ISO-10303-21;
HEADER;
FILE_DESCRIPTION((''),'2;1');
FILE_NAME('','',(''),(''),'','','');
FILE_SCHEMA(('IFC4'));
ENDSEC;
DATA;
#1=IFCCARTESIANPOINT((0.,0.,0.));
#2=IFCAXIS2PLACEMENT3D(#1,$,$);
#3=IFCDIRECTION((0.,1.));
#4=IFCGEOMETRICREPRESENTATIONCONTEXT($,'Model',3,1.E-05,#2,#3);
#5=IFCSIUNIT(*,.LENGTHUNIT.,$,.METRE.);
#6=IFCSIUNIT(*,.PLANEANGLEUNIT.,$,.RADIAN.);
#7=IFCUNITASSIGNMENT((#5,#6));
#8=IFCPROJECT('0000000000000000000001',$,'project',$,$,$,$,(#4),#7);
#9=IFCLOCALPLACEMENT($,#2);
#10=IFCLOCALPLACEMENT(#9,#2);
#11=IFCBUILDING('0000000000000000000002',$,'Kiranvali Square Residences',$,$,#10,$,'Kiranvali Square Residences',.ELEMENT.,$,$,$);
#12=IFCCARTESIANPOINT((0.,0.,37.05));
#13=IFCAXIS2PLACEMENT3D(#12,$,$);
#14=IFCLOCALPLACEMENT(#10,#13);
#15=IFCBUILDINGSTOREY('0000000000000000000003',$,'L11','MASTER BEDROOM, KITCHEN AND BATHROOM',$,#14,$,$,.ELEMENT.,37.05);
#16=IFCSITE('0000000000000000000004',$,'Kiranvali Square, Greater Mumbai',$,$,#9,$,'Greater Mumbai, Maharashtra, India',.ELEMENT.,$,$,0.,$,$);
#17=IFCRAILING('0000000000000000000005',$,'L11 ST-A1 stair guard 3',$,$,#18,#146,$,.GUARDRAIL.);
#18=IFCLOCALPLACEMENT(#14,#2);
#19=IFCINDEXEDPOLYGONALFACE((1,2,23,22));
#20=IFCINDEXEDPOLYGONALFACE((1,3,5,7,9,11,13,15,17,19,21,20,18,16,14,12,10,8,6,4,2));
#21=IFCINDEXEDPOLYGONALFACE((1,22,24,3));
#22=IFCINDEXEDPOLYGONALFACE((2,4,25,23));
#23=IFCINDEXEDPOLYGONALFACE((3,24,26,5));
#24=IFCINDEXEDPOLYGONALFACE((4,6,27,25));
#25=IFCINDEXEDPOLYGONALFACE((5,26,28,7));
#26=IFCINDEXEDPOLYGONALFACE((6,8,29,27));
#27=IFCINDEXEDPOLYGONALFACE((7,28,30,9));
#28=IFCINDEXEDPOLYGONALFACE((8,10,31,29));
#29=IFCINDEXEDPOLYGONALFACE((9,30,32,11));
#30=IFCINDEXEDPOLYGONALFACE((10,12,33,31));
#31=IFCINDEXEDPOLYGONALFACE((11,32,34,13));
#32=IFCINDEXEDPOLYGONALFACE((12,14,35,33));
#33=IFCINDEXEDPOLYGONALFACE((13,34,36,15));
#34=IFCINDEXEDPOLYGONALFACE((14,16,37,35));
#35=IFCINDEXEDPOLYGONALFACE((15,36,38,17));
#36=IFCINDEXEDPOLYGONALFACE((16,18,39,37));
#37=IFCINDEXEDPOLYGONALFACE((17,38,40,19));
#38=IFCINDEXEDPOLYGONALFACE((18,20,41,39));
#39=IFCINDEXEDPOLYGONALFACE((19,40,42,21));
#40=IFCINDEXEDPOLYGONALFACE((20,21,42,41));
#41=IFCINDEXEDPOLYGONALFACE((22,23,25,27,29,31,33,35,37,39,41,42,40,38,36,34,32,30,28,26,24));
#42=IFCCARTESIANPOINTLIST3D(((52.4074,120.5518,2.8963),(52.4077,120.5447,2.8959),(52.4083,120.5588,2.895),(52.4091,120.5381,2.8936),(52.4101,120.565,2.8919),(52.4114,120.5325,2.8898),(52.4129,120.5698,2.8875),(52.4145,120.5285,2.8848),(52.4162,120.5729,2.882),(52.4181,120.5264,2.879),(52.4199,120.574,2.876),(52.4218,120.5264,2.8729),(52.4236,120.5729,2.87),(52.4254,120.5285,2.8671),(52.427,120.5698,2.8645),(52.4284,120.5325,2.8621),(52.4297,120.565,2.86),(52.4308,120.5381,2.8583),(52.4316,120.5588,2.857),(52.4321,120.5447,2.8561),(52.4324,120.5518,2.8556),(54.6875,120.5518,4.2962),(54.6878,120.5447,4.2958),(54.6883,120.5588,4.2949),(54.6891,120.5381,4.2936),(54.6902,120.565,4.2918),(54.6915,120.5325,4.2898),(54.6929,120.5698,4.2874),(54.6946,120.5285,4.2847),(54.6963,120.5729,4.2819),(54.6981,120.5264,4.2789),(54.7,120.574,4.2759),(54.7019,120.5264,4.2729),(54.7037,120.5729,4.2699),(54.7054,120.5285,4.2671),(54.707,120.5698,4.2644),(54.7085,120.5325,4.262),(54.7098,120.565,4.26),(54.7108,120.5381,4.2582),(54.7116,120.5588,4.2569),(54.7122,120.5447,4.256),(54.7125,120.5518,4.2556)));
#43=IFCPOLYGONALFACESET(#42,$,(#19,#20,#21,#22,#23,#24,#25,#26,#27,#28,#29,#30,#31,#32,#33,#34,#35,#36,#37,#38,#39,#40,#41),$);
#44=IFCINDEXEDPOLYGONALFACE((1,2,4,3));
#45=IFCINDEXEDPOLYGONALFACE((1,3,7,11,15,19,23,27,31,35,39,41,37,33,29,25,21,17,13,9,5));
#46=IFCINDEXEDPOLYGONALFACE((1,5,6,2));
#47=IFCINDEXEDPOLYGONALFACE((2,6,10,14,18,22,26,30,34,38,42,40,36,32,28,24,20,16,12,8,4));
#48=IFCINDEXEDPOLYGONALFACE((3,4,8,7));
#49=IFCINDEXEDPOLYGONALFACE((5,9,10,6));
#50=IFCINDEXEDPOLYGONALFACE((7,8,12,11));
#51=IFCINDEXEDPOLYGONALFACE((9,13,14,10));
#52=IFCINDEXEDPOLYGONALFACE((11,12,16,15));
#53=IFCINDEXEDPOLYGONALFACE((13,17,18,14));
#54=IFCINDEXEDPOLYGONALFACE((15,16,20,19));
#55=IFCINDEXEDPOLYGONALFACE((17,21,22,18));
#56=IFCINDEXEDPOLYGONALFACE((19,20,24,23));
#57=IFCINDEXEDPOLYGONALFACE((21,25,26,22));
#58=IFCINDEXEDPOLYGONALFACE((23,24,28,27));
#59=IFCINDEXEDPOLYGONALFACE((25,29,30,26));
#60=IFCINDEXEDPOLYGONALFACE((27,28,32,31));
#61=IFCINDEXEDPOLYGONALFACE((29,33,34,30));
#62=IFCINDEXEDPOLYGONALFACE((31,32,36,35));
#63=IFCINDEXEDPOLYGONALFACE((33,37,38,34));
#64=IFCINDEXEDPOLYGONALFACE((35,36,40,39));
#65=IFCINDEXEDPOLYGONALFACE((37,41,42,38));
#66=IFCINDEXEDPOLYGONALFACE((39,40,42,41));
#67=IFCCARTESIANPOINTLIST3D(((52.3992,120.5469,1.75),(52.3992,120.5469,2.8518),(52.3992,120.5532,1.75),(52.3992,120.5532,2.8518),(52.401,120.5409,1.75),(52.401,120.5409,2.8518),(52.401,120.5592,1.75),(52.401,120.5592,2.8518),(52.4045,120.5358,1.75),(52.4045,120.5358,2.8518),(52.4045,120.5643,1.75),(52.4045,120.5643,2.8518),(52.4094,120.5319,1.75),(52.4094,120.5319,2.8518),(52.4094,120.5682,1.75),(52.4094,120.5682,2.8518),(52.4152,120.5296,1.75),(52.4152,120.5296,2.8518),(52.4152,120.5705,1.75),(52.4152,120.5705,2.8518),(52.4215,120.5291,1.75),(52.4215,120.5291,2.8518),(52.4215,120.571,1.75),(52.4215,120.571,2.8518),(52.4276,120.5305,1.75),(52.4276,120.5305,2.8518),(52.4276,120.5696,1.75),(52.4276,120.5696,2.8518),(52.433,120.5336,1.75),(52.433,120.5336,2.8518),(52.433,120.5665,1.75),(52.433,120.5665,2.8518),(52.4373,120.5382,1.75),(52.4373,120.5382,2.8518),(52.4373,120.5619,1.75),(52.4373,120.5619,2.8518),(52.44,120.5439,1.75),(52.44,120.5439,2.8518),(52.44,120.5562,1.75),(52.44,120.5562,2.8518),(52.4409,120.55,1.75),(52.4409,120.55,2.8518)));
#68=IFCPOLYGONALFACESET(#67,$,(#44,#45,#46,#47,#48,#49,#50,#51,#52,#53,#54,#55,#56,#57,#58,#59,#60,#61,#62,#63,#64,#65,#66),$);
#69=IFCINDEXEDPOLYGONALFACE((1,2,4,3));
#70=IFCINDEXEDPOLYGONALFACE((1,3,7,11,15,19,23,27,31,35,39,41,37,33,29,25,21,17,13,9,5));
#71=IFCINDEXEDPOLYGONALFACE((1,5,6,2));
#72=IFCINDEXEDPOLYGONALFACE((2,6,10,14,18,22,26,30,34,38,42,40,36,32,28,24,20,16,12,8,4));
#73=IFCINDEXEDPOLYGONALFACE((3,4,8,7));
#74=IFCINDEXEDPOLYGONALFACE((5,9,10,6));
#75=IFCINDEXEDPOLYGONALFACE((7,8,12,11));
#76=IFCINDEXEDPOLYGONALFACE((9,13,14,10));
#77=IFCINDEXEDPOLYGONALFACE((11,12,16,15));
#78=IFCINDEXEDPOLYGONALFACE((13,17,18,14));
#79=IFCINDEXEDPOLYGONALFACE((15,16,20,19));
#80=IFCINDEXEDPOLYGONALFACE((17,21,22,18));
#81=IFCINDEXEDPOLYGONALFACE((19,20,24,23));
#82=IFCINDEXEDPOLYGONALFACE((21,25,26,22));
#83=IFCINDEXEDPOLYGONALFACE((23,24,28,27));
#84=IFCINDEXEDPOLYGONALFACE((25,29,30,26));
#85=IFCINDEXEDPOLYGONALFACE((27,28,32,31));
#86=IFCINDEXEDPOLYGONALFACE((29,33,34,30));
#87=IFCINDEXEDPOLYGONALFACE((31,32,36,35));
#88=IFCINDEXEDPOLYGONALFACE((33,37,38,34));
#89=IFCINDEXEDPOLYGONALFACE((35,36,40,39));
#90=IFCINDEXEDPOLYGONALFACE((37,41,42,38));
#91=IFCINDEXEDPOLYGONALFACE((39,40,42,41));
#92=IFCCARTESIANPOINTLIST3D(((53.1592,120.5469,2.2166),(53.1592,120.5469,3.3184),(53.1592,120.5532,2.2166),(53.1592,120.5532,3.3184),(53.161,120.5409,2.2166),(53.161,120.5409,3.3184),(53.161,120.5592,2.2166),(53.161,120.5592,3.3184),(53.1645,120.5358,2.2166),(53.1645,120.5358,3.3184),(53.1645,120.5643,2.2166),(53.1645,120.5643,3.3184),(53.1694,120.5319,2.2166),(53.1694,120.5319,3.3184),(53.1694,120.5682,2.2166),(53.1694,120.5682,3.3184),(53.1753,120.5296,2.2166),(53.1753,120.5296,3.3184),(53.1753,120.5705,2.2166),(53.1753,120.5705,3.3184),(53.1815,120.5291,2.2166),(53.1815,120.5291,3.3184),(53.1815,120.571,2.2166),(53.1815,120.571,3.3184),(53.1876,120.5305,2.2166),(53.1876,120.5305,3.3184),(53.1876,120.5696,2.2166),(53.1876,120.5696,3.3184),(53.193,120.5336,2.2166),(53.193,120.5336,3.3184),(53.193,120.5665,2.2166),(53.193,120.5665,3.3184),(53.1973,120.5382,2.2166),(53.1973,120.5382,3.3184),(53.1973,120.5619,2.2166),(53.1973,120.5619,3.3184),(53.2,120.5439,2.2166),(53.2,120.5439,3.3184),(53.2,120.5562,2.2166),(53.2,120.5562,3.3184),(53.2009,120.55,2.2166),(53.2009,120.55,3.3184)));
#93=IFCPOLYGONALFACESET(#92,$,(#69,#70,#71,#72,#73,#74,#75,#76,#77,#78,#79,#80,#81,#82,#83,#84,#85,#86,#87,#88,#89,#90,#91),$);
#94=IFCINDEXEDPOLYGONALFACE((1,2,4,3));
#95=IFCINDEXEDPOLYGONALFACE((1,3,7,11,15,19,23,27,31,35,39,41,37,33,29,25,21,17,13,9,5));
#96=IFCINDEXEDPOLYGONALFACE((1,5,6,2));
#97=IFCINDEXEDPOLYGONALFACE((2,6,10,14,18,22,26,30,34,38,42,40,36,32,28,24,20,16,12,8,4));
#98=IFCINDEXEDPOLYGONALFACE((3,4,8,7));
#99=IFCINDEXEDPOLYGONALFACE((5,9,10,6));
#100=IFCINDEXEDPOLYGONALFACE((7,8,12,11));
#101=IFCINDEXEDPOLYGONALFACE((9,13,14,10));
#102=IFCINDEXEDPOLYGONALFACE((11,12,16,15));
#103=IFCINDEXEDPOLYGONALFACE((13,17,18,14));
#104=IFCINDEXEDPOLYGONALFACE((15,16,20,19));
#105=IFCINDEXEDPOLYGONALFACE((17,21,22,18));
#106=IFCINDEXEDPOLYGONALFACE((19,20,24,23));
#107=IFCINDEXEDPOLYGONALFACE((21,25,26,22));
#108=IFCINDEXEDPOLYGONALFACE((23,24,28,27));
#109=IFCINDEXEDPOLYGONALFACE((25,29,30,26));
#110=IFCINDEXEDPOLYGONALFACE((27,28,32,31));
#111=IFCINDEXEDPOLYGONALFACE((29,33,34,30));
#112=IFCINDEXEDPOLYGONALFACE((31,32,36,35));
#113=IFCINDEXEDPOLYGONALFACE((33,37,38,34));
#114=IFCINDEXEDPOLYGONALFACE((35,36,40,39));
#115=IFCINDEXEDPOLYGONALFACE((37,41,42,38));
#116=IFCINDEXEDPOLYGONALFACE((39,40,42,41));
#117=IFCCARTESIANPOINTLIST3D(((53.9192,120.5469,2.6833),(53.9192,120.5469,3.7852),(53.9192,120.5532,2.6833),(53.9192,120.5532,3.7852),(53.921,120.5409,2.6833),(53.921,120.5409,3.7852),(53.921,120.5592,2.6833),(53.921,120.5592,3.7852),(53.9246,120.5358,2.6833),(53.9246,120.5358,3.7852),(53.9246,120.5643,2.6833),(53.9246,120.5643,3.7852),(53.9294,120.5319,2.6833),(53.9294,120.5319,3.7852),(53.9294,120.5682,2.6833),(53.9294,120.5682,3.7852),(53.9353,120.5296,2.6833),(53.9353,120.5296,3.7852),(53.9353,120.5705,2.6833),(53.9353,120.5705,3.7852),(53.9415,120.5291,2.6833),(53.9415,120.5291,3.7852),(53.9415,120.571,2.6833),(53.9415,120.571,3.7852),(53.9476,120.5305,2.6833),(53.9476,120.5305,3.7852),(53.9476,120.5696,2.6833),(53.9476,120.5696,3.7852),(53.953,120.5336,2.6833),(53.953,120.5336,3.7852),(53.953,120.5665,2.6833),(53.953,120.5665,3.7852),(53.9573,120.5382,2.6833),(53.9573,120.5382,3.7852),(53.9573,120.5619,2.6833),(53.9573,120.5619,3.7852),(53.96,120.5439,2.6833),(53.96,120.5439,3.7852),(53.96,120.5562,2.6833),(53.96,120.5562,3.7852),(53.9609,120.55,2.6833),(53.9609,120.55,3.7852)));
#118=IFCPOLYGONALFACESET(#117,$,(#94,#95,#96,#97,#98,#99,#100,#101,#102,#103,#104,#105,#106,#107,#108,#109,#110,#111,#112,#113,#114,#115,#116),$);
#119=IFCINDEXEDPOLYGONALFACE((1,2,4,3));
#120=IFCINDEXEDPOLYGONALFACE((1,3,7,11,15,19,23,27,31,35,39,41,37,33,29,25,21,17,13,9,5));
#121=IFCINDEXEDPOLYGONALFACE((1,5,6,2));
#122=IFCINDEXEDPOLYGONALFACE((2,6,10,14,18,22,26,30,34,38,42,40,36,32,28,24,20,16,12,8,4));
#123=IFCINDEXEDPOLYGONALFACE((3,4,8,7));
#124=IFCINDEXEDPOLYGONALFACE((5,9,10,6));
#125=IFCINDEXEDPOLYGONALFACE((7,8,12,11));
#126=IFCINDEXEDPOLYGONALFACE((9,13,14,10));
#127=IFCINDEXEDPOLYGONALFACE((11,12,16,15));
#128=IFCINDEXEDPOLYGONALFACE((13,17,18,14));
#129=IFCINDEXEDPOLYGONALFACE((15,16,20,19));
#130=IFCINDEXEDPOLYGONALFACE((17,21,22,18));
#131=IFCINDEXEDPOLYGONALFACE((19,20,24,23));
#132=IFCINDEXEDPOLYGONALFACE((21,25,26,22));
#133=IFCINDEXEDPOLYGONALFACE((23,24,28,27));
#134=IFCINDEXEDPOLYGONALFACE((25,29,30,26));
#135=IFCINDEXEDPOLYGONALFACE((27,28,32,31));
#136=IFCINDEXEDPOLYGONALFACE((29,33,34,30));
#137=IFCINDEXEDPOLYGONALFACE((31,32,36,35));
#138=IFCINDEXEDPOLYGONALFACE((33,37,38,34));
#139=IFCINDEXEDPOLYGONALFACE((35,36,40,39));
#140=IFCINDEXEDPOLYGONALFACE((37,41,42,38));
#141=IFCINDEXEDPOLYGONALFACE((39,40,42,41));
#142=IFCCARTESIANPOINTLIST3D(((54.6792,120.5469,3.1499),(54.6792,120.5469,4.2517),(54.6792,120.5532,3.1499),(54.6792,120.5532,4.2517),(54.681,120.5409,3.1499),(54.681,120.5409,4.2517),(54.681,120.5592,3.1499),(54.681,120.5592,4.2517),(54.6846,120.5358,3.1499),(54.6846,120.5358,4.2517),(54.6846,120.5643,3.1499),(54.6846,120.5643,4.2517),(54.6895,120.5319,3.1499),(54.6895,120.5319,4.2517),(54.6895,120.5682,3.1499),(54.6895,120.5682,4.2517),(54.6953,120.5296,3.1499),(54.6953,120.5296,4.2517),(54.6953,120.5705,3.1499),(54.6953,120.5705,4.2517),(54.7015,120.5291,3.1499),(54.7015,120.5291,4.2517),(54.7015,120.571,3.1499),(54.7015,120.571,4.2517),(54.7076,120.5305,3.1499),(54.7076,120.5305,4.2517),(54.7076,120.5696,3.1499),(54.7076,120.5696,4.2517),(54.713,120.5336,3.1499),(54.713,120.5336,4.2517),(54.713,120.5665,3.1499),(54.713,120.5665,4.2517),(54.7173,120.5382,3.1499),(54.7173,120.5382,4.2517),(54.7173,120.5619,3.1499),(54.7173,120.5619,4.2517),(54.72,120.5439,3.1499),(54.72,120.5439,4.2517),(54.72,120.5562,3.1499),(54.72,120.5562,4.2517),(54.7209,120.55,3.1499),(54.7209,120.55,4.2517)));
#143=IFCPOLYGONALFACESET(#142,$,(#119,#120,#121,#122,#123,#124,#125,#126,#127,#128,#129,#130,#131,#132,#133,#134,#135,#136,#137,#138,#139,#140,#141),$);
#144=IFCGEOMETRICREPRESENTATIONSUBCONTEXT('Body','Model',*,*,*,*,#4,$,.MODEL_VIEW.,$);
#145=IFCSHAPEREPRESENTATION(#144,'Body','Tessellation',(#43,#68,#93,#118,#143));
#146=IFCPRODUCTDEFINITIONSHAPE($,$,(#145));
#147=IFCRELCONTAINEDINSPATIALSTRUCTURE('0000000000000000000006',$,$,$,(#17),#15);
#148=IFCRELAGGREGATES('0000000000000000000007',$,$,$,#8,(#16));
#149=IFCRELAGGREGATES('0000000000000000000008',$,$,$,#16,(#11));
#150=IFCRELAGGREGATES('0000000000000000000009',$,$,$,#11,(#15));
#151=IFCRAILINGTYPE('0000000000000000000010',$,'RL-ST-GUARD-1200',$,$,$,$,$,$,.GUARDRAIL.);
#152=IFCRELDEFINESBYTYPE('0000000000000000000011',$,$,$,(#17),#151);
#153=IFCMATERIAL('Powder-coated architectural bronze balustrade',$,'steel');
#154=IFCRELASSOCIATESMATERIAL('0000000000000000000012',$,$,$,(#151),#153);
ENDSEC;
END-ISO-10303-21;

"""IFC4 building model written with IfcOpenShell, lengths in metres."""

from ifc_helpers import new_model, si_unit, direction, frame, origin, origin_2d, place, context, subcontext, project, spatial, circle, extrude, material, type_object, element, save


model = new_model("IFC4")

# Units and contexts
model_context = context("Model", 3, precision=1e-05, world=origin(), true_north=direction((0.0, 1.0)))
body_context = subcontext(model_context, "Body", "Model", "MODEL_VIEW")
ifc_project = project(units=[si_unit("LENGTHUNIT", "METRE"), si_unit("PLANEANGLEUNIT", "RADIAN")], contexts=[model_context])

# Site, building, storey
site_placement = place(None, origin())
site = spatial("IfcSite", under=ifc_project, at=site_placement, Name="Kiranvali Square, Greater Mumbai", LongName="Greater Mumbai, Maharashtra, India", CompositionType="ELEMENT", RefElevation=0.0)
building_placement = place(site_placement, origin())
building = spatial("IfcBuilding", under=site, at=building_placement, Name="Kiranvali Square Residences", LongName="Kiranvali Square Residences", CompositionType="ELEMENT")
storey_placement = place(building_placement, frame((0.0, 0.0, 37.05)))
storey = spatial("IfcBuildingStorey", under=building, at=storey_placement, Name="L11", Description="MASTER BEDROOM, KITCHEN AND BATHROOM", CompositionType="ELEMENT", Elevation=37.05)

# Railing
ifc_material_1 = material(Name="Powder-coated architectural bronze balustrade", Category="steel")
railing_type_1 = type_object("IfcRailingType", Name="RL-ST-GUARD-1200", PredefinedType="GUARDRAIL", material=ifc_material_1)
railing_1_placement = place(storey_placement, frame((52.4199, 120.55, 1.75)))
element("IfcRailing", 1, at=railing_1_placement, inside=storey, type_object=railing_type_1, Name="L11 ST-A1 stair guard 3", PredefinedType="GUARDRAIL", context=body_context, shape_type="SweptSolid", body=[
    extrude(circle(Radius=0.0239, at=origin_2d()), frame((0.0, 0.0, 1.126), z_axis=(0.85219, 0.0, 0.523232), x_axis=(0.0, 1.0, 0.0)), (0.0, 0.0, 1.0), 2.6755),
    extrude(circle(Radius=0.021, at=origin_2d()), origin(), (0.0, 0.0, 1.0), 1.1018),
    extrude(circle(Radius=0.021, at=origin_2d()), frame((0.76, 0.0, 0.4666)), (0.0, 0.0, 1.0), 1.1018),
    extrude(circle(Radius=0.021, at=origin_2d()), frame((1.52, 0.0, 0.9333)), (0.0, 0.0, 1.0), 1.1018),
    extrude(circle(Radius=0.021, at=origin_2d()), frame((2.28, 0.0, 1.3999)), (0.0, 0.0, 1.0), 1.1018),
])

save(model, "model.ifc")
